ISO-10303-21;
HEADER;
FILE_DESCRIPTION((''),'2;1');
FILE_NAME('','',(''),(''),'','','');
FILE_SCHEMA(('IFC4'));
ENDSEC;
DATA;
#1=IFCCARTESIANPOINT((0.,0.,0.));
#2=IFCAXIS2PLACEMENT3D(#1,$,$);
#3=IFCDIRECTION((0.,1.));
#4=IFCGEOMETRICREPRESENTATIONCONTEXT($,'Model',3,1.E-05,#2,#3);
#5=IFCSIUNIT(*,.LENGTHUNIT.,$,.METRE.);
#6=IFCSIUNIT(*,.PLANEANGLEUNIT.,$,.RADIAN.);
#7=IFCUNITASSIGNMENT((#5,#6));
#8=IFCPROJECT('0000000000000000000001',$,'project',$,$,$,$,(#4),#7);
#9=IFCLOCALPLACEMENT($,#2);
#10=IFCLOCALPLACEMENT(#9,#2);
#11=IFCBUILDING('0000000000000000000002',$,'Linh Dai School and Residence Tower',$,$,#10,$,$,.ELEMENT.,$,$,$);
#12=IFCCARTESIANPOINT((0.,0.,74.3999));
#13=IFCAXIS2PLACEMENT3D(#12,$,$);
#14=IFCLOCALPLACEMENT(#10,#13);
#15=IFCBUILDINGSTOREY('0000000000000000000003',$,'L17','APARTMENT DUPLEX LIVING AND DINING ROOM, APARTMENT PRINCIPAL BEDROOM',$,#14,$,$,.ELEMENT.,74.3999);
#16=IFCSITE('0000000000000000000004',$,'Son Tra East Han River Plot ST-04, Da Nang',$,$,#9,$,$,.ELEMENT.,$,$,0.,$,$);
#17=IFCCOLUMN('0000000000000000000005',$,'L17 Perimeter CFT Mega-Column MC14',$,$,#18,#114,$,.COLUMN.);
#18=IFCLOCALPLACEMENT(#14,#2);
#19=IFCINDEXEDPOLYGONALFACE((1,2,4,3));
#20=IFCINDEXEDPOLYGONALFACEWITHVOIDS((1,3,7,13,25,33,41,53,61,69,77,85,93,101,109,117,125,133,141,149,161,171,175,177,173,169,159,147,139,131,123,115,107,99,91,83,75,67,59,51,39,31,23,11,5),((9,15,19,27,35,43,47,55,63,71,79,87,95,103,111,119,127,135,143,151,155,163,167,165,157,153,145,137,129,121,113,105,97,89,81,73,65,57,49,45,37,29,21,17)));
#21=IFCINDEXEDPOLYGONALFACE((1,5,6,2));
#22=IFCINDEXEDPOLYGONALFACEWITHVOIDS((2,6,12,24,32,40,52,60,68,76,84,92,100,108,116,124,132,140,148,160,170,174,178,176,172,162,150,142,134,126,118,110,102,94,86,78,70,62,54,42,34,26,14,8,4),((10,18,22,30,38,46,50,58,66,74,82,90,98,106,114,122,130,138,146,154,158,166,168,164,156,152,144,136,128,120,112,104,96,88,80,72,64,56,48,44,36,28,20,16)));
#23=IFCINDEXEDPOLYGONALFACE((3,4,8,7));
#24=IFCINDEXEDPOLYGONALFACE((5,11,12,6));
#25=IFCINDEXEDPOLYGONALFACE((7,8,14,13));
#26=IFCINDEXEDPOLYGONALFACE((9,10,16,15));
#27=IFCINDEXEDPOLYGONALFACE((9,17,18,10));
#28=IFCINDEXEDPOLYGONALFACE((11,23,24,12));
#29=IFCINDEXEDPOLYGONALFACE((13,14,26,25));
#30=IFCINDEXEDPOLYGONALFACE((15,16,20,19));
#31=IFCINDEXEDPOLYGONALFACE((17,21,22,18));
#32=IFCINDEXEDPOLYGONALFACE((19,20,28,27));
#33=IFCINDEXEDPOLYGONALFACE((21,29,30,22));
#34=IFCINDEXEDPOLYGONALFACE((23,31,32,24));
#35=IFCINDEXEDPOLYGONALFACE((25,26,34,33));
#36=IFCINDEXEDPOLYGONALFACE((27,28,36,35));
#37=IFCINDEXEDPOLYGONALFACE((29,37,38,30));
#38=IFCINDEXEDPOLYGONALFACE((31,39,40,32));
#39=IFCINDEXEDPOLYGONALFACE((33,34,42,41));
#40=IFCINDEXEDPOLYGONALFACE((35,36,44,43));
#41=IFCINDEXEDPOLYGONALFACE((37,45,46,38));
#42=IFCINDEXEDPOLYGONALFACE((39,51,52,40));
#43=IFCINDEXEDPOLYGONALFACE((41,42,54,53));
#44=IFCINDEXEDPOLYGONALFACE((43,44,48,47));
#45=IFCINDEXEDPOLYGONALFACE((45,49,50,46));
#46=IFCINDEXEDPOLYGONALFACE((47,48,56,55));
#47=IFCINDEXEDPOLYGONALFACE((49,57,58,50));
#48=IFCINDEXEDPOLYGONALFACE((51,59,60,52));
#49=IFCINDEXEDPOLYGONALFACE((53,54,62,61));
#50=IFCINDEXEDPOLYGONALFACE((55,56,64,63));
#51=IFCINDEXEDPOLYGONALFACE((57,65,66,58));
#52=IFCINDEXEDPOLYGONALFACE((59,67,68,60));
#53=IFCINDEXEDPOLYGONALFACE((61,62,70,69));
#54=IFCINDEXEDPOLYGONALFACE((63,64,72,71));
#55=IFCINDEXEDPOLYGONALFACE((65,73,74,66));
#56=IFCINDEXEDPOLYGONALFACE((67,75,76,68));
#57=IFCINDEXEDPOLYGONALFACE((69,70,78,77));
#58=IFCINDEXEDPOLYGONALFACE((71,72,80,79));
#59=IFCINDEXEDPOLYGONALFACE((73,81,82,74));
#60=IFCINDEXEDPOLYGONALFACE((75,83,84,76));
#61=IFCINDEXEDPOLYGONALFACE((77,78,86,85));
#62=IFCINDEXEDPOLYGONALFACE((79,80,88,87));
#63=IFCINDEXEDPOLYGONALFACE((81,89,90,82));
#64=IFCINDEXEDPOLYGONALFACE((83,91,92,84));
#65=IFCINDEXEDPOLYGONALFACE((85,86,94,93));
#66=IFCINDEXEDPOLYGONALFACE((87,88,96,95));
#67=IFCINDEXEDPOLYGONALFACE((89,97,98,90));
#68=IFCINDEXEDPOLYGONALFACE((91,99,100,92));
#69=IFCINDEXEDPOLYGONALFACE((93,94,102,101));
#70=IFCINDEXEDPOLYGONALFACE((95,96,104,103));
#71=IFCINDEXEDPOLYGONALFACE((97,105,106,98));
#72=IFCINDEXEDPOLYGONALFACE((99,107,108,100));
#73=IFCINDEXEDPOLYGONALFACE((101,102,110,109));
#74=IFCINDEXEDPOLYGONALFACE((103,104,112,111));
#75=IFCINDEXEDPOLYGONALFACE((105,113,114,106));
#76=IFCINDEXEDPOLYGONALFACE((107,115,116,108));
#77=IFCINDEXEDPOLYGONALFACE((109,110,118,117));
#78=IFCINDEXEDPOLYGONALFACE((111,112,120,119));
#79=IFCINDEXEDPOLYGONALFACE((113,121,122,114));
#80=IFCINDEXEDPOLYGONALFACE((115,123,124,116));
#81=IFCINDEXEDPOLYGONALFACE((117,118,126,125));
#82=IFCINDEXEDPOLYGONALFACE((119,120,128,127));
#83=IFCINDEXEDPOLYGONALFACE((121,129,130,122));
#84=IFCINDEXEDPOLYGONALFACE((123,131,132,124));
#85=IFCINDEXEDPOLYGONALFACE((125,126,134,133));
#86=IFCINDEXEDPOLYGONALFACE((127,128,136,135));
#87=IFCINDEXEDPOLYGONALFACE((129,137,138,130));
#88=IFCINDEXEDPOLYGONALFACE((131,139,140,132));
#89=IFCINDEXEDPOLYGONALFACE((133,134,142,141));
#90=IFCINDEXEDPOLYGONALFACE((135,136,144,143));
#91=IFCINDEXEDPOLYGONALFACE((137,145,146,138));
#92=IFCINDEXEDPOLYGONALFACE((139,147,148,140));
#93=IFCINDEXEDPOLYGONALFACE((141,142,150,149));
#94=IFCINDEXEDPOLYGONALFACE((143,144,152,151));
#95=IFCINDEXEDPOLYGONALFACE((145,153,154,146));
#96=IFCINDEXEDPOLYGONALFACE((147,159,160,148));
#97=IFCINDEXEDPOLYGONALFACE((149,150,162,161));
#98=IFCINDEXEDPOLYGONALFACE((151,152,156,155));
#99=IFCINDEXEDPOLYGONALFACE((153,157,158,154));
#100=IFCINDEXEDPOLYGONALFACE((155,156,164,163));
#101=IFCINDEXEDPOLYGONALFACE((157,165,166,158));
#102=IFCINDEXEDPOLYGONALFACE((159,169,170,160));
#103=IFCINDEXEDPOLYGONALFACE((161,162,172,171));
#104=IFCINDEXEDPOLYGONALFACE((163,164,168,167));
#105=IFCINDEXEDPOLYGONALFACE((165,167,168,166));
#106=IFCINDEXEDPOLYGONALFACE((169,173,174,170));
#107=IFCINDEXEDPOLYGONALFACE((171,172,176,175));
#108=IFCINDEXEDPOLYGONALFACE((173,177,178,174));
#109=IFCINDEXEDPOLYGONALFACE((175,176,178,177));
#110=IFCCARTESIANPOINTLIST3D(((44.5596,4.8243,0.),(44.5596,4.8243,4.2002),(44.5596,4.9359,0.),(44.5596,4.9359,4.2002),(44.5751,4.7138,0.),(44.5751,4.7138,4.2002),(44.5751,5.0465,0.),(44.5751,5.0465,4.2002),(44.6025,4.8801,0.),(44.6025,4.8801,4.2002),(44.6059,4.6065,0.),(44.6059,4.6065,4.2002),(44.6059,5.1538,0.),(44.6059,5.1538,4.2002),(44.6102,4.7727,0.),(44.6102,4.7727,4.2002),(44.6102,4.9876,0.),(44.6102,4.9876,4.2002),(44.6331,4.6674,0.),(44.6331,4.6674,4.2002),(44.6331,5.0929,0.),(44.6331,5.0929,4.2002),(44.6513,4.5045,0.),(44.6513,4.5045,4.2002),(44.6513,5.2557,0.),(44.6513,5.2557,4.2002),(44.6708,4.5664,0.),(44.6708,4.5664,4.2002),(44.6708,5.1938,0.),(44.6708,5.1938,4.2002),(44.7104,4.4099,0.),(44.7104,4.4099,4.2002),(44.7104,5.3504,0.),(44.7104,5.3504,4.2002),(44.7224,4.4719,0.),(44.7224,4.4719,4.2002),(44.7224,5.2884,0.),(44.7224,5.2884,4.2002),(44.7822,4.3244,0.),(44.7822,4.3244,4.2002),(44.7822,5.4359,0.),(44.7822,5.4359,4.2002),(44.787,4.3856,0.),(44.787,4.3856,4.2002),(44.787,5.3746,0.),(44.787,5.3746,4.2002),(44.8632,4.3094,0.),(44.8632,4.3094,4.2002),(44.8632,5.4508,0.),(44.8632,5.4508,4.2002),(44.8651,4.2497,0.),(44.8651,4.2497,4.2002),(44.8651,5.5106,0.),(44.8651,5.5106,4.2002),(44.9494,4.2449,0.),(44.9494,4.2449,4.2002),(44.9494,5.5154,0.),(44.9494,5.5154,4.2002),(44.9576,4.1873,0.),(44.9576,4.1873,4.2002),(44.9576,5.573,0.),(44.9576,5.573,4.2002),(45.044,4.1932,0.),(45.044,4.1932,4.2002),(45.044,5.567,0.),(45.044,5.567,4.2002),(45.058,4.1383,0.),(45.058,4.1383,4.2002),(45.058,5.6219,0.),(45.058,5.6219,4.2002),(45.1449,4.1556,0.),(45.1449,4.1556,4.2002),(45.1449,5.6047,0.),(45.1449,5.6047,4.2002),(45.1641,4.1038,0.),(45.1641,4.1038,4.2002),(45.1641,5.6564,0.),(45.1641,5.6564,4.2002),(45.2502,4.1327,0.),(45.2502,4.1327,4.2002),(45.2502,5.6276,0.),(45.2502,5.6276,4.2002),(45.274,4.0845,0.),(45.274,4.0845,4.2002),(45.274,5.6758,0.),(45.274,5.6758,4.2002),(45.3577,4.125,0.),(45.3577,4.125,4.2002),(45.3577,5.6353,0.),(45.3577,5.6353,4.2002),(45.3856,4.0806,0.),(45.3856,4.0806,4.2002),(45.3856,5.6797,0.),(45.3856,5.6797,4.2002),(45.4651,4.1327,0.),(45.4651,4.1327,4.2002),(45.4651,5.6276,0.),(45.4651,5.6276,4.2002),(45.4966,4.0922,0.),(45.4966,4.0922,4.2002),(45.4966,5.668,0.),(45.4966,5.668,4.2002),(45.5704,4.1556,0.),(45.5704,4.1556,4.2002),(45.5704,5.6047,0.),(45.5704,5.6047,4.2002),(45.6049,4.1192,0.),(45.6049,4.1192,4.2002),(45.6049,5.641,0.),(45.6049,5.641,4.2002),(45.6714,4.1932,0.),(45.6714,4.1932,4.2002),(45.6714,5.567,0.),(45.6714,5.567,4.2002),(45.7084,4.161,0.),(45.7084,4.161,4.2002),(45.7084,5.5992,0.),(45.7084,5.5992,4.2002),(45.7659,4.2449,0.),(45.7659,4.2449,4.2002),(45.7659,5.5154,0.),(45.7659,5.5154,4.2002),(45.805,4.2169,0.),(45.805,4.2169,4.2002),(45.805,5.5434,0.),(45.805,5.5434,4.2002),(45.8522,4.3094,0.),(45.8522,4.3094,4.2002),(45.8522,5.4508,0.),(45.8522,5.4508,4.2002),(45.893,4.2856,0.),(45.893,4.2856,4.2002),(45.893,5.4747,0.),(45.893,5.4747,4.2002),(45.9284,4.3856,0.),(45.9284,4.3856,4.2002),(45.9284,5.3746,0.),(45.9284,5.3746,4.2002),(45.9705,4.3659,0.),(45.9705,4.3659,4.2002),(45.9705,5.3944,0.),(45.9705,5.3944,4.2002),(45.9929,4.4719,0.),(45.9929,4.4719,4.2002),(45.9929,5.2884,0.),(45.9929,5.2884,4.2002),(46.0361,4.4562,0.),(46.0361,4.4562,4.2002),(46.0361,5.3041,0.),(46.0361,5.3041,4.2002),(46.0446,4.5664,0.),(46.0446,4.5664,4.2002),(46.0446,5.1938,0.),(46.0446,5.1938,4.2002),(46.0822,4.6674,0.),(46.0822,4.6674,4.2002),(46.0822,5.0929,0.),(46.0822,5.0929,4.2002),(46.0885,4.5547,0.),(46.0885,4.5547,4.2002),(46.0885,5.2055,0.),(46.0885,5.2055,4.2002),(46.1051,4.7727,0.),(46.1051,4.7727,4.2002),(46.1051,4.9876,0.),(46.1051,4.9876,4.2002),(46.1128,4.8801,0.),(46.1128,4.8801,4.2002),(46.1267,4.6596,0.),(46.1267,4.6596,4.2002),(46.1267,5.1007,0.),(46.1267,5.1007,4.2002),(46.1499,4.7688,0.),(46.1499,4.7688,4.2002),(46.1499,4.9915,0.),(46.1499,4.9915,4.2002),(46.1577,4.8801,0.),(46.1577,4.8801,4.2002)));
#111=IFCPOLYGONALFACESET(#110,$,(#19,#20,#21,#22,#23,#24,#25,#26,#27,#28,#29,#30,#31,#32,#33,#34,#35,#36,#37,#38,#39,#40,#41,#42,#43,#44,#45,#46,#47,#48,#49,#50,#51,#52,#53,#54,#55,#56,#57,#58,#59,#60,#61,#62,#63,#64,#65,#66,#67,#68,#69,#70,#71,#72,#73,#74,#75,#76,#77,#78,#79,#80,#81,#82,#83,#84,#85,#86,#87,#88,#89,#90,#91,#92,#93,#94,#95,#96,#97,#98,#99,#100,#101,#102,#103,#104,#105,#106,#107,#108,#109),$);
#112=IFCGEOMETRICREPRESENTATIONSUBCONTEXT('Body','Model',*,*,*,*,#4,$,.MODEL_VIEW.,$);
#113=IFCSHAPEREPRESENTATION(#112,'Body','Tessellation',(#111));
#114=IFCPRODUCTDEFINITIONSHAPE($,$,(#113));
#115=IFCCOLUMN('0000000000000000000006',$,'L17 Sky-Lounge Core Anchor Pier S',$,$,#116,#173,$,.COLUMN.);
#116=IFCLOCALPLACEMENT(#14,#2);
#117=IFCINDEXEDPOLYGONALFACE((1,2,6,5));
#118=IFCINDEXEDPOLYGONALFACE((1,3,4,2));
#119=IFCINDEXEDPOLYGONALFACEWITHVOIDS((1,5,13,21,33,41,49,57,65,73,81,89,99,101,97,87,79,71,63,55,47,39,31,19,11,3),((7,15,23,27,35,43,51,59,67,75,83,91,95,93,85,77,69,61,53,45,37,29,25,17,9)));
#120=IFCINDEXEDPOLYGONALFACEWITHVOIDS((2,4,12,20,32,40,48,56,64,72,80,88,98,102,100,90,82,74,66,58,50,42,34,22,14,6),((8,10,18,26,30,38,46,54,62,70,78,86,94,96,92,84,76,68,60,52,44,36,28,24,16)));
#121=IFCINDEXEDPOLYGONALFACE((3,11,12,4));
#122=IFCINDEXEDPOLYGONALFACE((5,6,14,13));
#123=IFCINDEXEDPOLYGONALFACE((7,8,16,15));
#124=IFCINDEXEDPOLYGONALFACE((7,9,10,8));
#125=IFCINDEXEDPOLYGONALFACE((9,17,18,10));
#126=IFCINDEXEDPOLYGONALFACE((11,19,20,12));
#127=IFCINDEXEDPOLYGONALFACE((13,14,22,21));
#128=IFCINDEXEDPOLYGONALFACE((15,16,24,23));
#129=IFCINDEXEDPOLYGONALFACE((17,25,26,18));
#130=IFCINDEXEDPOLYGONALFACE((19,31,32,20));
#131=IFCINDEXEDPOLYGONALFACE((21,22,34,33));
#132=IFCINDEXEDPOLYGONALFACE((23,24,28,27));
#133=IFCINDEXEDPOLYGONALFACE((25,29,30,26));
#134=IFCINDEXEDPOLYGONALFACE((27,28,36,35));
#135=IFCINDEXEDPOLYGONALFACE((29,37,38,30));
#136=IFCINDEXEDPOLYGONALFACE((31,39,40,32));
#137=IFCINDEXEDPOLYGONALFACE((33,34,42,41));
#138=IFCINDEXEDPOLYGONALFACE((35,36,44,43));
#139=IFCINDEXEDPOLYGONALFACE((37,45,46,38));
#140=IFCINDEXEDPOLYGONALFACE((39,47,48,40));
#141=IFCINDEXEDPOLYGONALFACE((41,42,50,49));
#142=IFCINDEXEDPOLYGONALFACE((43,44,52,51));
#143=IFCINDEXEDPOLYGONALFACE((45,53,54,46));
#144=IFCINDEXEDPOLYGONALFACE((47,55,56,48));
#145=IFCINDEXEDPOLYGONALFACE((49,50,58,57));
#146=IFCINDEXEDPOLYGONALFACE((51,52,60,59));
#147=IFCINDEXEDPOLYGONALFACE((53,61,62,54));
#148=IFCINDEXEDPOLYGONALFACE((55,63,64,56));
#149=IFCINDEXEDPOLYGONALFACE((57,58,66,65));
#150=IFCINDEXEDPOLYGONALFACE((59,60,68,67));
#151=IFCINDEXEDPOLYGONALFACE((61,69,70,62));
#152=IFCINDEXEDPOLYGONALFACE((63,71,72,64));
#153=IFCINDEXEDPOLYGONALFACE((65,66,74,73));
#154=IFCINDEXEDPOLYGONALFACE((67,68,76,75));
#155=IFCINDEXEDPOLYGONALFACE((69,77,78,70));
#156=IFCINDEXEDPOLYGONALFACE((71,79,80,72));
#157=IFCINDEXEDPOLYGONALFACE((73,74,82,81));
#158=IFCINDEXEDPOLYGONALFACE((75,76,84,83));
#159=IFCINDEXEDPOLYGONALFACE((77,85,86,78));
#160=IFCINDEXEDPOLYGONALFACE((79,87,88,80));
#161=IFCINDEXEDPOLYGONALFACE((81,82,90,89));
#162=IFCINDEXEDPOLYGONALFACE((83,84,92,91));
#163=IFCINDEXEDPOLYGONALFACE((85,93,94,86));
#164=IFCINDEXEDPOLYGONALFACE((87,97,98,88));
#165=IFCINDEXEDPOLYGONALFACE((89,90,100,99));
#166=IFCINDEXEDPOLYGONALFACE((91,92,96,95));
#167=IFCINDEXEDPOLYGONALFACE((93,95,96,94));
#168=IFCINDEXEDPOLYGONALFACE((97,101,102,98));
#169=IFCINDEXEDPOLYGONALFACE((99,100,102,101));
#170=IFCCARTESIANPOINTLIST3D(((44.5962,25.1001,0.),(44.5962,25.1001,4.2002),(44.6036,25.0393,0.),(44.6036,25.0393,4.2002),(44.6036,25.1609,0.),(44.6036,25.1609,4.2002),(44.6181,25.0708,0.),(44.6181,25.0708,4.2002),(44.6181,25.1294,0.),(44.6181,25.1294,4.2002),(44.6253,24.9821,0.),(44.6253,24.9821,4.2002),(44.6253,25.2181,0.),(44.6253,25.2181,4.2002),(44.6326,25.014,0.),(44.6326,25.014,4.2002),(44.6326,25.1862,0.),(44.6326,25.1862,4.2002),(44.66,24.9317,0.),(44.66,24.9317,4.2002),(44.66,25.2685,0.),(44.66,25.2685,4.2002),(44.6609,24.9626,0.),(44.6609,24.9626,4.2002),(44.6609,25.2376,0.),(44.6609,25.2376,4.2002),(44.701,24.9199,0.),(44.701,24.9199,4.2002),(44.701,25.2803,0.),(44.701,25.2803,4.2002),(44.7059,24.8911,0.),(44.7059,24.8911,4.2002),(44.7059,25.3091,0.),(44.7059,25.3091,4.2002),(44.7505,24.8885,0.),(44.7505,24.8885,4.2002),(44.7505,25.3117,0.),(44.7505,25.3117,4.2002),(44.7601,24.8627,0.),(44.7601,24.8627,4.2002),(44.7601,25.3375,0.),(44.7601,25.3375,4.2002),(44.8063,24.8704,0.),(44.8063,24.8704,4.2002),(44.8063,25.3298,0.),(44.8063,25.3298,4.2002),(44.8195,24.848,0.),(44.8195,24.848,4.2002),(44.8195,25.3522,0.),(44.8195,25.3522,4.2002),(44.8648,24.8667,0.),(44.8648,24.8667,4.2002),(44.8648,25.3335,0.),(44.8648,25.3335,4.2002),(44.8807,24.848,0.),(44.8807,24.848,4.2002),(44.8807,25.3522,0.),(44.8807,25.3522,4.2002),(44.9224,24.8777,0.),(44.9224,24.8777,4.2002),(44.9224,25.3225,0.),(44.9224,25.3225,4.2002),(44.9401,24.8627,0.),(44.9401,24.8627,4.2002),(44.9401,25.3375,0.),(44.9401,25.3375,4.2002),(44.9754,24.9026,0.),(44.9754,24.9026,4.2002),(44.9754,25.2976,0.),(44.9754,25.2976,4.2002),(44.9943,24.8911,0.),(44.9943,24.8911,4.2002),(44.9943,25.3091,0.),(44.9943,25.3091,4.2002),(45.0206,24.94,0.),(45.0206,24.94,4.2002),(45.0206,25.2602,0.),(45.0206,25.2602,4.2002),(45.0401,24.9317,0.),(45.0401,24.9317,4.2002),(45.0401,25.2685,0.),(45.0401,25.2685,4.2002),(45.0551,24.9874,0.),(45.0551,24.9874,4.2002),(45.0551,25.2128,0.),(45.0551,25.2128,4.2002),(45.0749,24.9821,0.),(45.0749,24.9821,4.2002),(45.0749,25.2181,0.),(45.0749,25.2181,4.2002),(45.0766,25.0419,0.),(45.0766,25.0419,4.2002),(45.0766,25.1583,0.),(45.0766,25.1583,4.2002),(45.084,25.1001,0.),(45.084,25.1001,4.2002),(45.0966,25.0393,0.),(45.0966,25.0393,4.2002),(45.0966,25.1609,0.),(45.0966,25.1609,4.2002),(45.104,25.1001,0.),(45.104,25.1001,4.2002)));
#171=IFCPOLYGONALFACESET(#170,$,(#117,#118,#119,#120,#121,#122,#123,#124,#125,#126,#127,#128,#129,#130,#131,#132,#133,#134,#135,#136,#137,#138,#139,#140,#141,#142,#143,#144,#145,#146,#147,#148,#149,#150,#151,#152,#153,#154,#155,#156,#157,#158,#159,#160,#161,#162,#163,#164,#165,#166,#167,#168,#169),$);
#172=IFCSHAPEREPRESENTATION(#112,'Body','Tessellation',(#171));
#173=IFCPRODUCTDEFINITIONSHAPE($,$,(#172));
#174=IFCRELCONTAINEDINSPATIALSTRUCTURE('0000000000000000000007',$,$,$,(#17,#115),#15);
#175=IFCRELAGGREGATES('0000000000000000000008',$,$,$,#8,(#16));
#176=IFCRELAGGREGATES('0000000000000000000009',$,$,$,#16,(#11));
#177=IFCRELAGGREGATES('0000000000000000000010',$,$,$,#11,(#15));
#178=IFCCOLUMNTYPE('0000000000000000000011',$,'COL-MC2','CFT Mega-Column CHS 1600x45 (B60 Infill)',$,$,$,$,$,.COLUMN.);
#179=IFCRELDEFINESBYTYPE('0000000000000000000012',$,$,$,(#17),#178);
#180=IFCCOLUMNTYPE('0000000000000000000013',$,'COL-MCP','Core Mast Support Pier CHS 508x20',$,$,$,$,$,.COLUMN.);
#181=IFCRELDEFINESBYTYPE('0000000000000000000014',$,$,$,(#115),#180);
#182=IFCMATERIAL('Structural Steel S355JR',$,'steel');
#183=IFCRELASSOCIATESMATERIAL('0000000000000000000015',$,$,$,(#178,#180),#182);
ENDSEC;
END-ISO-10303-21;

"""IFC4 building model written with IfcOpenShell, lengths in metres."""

from ifc_helpers import new_model, si_unit, direction, frame, origin, origin_2d, place, context, subcontext, project, spatial, hollow_circle, extrude, material, material_profile, profile_set, type_object, element, save


model = new_model("IFC4")

# Units and contexts
model_context = context("Model", 3, precision=1e-05, world=origin(), true_north=direction((0.0, 1.0)))
body_context = subcontext(model_context, "Body", "Model", "MODEL_VIEW")
ifc_project = project(units=[si_unit("LENGTHUNIT", "METRE"), si_unit("PLANEANGLEUNIT", "RADIAN")], contexts=[model_context])

# Site, building, storey
site_placement = place(None, origin())
site = spatial("IfcSite", under=ifc_project, at=site_placement, Name="Son Tra East Han River Plot ST-04, Da Nang", CompositionType="ELEMENT", RefElevation=0.0)
building_placement = place(site_placement, origin())
building = spatial("IfcBuilding", under=site, at=building_placement, Name="Linh Dai School and Residence Tower", CompositionType="ELEMENT")
storey_placement = place(building_placement, frame((0.0, 0.0, 74.3999)))
storey = spatial("IfcBuildingStorey", under=building, at=storey_placement, Name="L17", Description="APARTMENT DUPLEX LIVING AND DINING ROOM, APARTMENT PRINCIPAL BEDROOM", CompositionType="ELEMENT", Elevation=74.3999)

# Columns
ifc_material_1 = material(Name="Structural Steel S355JR", Category="steel")
ifc_material_profile_1 = material_profile(ifc_material_1, hollow_circle(Radius=0.8, WallThickness=0.0449, at=origin_2d()), Name="CHS 1600x45")
ifc_profile_set_1 = profile_set([ifc_material_profile_1], Name="Structural Steel S355JR")
column_type_1 = type_object("IfcColumnType", Name="COL-MC2", Description="CFT Mega-Column CHS 1600x45 (B60 Infill)", PredefinedType="COLUMN", material=ifc_profile_set_1)
column_1_placement = place(storey_placement, frame((45.3577, 4.8801, 0.0), z_axis=(0.0, 0.0, 1.0), x_axis=(1.0, 0.0, 0.0)))
element("IfcColumn", 1, at=column_1_placement, inside=storey, type_object=column_type_1, Name="L17 Perimeter CFT Mega-Column MC14", PredefinedType="COLUMN", context=body_context, shape_type="SweptSolid", body=[
    extrude(hollow_circle(Radius=0.8, WallThickness=0.0449, at=origin_2d()), origin(), (0.0, 0.0, 1.0), 4.2002),
])
ifc_material_profile_2 = material_profile(ifc_material_1, hollow_circle(Radius=0.2539, WallThickness=0.02, at=origin_2d()), Name="CHS 508x20")
ifc_profile_set_2 = profile_set([ifc_material_profile_2], Name="Structural Steel S355JR")
column_type_2 = type_object("IfcColumnType", Name="COL-MCP", Description="Core Mast Support Pier CHS 508x20", PredefinedType="COLUMN", material=ifc_profile_set_2)
column_2_placement = place(storey_placement, frame((44.8501, 25.1001, 0.0), z_axis=(0.0, 0.0, 1.0), x_axis=(1.0, 0.0, 0.0)))
element("IfcColumn", 2, at=column_2_placement, inside=storey, type_object=column_type_2, Name="L17 Sky-Lounge Core Anchor Pier S", PredefinedType="COLUMN", context=body_context, shape_type="SweptSolid", body=[
    extrude(hollow_circle(Radius=0.2539, WallThickness=0.02, at=origin_2d()), origin(), (0.0, 0.0, 1.0), 4.2002),
])

save(model, "model.ifc")
